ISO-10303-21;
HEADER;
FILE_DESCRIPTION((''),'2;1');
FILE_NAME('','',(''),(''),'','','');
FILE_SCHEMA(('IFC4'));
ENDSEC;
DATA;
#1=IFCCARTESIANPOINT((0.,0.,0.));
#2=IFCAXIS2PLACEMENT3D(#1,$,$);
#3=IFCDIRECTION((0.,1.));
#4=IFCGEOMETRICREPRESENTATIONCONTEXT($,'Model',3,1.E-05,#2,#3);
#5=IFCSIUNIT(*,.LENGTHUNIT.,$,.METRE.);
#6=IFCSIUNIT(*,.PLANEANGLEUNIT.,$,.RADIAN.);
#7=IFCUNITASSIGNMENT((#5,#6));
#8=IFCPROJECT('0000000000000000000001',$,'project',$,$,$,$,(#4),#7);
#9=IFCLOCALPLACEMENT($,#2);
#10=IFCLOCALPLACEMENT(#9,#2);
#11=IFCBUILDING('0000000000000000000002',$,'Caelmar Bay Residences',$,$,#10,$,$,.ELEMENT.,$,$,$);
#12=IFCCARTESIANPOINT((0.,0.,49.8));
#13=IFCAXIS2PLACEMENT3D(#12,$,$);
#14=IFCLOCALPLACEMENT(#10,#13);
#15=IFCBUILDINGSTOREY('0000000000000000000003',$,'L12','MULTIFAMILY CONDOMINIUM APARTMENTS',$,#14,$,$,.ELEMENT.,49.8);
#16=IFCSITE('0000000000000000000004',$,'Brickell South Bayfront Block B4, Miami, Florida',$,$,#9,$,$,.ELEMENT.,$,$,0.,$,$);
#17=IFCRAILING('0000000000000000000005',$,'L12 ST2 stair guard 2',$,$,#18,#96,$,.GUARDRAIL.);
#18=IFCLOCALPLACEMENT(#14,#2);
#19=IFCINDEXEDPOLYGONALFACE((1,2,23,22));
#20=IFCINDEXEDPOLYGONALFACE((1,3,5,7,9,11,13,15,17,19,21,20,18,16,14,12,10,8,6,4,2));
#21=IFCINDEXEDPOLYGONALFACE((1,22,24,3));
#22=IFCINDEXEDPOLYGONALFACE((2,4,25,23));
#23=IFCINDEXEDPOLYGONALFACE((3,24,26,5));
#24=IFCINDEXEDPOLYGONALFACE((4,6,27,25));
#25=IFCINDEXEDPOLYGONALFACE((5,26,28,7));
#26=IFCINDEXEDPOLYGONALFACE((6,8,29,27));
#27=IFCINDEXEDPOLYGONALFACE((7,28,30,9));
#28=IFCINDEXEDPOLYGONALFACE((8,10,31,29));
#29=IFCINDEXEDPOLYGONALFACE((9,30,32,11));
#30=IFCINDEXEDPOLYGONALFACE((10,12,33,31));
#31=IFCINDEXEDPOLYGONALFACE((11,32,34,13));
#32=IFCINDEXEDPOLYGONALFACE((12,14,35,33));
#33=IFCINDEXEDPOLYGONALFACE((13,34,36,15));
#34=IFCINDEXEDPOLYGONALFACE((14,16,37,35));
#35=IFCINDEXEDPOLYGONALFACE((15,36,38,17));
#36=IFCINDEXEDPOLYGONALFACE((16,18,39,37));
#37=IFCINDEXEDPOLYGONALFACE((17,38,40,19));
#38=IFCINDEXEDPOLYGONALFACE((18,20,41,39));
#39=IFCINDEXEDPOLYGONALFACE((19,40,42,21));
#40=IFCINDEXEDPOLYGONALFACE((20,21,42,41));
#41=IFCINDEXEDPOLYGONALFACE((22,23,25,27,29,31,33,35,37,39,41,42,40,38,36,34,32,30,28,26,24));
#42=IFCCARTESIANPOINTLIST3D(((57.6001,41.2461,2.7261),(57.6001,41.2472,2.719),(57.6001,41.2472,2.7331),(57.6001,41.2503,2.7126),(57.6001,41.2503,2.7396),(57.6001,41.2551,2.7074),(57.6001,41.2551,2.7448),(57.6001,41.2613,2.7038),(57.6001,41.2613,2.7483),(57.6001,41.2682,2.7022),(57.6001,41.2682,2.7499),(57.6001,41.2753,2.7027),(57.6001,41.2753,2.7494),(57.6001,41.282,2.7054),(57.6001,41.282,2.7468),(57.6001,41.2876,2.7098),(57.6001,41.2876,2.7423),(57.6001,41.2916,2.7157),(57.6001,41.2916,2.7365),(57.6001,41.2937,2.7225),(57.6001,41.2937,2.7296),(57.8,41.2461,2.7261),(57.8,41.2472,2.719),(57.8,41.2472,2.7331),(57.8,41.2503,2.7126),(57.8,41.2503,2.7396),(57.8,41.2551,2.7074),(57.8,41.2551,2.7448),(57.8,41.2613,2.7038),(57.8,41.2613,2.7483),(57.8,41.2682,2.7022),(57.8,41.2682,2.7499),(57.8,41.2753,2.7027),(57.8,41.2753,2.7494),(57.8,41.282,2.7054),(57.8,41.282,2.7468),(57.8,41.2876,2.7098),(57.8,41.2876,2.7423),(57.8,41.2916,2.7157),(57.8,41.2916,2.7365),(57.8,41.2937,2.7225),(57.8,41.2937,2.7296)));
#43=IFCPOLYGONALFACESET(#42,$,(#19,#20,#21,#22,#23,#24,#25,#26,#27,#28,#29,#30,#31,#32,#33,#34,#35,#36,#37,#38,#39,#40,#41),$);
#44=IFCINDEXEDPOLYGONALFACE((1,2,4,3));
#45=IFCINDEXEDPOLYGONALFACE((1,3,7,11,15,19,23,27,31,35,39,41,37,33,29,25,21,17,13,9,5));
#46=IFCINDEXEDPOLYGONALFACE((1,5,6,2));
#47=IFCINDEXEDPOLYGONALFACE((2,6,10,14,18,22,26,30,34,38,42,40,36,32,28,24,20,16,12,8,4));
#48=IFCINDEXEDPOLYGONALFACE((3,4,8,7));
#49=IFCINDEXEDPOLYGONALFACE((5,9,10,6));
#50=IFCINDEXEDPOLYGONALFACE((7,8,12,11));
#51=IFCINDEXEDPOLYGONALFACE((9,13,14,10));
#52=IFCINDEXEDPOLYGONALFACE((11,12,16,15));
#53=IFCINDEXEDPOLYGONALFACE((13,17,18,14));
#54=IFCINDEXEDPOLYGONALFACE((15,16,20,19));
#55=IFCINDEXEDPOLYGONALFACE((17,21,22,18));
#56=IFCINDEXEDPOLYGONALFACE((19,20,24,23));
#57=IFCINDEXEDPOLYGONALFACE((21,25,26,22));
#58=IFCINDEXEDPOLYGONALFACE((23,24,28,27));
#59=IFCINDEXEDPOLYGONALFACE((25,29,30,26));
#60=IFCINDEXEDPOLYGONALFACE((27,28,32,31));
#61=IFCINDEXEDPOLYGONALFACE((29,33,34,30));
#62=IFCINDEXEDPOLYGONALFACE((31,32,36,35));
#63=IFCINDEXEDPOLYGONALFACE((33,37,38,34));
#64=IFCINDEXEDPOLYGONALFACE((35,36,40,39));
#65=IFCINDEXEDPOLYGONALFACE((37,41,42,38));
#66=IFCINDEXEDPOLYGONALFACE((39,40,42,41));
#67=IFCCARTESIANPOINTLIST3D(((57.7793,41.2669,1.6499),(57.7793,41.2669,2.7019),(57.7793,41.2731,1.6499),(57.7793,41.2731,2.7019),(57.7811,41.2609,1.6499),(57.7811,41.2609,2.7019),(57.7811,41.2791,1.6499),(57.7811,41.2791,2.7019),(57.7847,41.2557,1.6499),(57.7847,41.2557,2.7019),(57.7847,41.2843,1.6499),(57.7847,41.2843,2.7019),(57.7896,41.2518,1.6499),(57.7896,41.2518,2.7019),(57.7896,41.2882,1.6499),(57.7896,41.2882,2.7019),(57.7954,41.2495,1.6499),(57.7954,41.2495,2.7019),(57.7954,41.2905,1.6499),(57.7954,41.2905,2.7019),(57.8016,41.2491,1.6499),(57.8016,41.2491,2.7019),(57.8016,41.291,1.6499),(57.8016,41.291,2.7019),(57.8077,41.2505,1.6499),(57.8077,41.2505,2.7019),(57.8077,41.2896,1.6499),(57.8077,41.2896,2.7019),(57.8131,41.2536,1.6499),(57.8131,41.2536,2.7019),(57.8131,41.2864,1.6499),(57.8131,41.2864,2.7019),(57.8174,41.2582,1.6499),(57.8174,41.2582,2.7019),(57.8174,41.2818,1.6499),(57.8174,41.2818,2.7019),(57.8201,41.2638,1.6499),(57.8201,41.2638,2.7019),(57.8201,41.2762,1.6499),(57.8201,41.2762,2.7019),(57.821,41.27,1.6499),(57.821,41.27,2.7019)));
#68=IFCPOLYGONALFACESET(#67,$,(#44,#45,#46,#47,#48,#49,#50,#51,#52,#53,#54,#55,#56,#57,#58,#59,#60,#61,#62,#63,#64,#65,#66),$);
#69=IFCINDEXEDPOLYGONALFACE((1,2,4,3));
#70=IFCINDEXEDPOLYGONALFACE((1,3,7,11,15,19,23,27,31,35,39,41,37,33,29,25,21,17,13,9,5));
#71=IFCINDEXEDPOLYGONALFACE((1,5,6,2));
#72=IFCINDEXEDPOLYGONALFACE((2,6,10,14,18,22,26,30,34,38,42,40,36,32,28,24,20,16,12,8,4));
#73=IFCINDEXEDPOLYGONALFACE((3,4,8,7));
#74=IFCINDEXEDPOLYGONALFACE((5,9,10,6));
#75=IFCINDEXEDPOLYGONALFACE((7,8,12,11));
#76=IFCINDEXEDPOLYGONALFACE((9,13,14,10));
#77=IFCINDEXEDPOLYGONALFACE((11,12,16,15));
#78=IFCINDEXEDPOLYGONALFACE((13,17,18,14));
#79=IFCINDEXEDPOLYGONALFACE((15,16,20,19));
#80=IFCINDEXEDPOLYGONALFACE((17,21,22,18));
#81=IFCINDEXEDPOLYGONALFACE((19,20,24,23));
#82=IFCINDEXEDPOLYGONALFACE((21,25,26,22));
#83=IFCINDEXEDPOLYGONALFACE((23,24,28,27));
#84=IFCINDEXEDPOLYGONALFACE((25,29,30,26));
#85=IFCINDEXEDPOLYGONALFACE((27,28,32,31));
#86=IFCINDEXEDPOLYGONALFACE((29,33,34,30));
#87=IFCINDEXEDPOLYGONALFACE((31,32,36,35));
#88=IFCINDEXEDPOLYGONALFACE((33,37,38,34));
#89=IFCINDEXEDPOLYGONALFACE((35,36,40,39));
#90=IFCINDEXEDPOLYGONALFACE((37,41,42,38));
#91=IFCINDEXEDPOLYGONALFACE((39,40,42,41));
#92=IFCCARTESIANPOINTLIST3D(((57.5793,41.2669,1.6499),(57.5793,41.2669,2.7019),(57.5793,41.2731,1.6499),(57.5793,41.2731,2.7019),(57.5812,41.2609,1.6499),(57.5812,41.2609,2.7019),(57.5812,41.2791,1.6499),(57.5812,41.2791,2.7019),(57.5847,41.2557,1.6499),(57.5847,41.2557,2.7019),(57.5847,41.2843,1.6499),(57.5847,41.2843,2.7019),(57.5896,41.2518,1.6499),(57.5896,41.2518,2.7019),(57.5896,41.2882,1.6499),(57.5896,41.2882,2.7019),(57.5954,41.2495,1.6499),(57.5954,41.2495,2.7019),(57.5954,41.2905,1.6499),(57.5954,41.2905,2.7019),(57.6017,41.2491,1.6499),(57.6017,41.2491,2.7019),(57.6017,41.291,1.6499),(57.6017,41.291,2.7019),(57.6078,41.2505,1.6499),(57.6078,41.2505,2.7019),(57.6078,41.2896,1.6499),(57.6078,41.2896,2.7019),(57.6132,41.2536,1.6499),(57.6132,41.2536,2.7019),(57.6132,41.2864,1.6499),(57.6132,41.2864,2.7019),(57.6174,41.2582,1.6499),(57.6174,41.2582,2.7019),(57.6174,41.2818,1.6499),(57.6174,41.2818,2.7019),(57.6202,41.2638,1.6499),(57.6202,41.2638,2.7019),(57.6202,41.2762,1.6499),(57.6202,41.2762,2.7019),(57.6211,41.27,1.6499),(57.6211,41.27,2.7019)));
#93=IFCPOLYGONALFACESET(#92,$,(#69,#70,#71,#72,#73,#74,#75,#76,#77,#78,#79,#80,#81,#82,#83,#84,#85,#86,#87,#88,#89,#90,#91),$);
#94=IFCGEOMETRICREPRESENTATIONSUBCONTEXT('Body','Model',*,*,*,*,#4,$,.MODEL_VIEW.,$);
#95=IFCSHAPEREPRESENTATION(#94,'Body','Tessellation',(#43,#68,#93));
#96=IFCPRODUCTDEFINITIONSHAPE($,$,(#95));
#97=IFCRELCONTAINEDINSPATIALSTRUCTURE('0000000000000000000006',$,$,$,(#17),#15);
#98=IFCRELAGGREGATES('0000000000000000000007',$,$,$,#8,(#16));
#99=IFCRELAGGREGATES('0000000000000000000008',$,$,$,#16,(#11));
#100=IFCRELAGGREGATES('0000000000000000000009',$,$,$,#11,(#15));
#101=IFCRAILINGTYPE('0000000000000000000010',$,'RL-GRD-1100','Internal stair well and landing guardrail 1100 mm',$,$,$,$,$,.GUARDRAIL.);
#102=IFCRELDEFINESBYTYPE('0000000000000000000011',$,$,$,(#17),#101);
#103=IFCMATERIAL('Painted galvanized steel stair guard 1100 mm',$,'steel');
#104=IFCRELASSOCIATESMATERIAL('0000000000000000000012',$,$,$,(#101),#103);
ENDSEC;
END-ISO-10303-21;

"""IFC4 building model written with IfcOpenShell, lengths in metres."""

from ifc_helpers import new_model, si_unit, direction, frame, origin, origin_2d, place, context, subcontext, project, spatial, circle, extrude, material, type_object, element, save


model = new_model("IFC4")

# Units and contexts
model_context = context("Model", 3, precision=1e-05, world=origin(), true_north=direction((0.0, 1.0)))
body_context = subcontext(model_context, "Body", "Model", "MODEL_VIEW")
ifc_project = project(units=[si_unit("LENGTHUNIT", "METRE"), si_unit("PLANEANGLEUNIT", "RADIAN")], contexts=[model_context])

# Site, building, storey
site_placement = place(None, origin())
site = spatial("IfcSite", under=ifc_project, at=site_placement, Name="Brickell South Bayfront Block B4, Miami, Florida", CompositionType="ELEMENT", RefElevation=0.0)
building_placement = place(site_placement, origin())
building = spatial("IfcBuilding", under=site, at=building_placement, Name="Caelmar Bay Residences", CompositionType="ELEMENT")
storey_placement = place(building_placement, frame((0.0, 0.0, 49.8)))
storey = spatial("IfcBuildingStorey", under=building, at=storey_placement, Name="L12", Description="MULTIFAMILY CONDOMINIUM APARTMENTS", CompositionType="ELEMENT", Elevation=49.8)

# Railing
ifc_material_1 = material(Name="Painted galvanized steel stair guard 1100 mm", Category="steel")
railing_type_1 = type_object("IfcRailingType", Name="RL-GRD-1100", Description="Internal stair well and landing guardrail 1100 mm", PredefinedType="GUARDRAIL", material=ifc_material_1)
railing_1_placement = place(storey_placement, frame((57.8, 41.27, 1.6499)))
element("IfcRailing", 1, at=railing_1_placement, inside=storey, type_object=railing_type_1, Name="L12 ST2 stair guard 2", PredefinedType="GUARDRAIL", context=body_context, shape_type="SweptSolid", body=[
    extrude(circle(Radius=0.0239, at=origin_2d()), frame((0.0, 0.0, 1.0762), z_axis=(-1.0, 0.0, 0.0), x_axis=(0.0, -1.0, 0.0)), (0.0, 0.0, 1.0), 0.2),
    extrude(circle(Radius=0.021, at=origin_2d()), origin(), (0.0, 0.0, 1.0), 1.052),
    extrude(circle(Radius=0.021, at=origin_2d()), frame((-0.2, 0.0, 0.0)), (0.0, 0.0, 1.0), 1.052),
])

save(model, "model.ifc")
